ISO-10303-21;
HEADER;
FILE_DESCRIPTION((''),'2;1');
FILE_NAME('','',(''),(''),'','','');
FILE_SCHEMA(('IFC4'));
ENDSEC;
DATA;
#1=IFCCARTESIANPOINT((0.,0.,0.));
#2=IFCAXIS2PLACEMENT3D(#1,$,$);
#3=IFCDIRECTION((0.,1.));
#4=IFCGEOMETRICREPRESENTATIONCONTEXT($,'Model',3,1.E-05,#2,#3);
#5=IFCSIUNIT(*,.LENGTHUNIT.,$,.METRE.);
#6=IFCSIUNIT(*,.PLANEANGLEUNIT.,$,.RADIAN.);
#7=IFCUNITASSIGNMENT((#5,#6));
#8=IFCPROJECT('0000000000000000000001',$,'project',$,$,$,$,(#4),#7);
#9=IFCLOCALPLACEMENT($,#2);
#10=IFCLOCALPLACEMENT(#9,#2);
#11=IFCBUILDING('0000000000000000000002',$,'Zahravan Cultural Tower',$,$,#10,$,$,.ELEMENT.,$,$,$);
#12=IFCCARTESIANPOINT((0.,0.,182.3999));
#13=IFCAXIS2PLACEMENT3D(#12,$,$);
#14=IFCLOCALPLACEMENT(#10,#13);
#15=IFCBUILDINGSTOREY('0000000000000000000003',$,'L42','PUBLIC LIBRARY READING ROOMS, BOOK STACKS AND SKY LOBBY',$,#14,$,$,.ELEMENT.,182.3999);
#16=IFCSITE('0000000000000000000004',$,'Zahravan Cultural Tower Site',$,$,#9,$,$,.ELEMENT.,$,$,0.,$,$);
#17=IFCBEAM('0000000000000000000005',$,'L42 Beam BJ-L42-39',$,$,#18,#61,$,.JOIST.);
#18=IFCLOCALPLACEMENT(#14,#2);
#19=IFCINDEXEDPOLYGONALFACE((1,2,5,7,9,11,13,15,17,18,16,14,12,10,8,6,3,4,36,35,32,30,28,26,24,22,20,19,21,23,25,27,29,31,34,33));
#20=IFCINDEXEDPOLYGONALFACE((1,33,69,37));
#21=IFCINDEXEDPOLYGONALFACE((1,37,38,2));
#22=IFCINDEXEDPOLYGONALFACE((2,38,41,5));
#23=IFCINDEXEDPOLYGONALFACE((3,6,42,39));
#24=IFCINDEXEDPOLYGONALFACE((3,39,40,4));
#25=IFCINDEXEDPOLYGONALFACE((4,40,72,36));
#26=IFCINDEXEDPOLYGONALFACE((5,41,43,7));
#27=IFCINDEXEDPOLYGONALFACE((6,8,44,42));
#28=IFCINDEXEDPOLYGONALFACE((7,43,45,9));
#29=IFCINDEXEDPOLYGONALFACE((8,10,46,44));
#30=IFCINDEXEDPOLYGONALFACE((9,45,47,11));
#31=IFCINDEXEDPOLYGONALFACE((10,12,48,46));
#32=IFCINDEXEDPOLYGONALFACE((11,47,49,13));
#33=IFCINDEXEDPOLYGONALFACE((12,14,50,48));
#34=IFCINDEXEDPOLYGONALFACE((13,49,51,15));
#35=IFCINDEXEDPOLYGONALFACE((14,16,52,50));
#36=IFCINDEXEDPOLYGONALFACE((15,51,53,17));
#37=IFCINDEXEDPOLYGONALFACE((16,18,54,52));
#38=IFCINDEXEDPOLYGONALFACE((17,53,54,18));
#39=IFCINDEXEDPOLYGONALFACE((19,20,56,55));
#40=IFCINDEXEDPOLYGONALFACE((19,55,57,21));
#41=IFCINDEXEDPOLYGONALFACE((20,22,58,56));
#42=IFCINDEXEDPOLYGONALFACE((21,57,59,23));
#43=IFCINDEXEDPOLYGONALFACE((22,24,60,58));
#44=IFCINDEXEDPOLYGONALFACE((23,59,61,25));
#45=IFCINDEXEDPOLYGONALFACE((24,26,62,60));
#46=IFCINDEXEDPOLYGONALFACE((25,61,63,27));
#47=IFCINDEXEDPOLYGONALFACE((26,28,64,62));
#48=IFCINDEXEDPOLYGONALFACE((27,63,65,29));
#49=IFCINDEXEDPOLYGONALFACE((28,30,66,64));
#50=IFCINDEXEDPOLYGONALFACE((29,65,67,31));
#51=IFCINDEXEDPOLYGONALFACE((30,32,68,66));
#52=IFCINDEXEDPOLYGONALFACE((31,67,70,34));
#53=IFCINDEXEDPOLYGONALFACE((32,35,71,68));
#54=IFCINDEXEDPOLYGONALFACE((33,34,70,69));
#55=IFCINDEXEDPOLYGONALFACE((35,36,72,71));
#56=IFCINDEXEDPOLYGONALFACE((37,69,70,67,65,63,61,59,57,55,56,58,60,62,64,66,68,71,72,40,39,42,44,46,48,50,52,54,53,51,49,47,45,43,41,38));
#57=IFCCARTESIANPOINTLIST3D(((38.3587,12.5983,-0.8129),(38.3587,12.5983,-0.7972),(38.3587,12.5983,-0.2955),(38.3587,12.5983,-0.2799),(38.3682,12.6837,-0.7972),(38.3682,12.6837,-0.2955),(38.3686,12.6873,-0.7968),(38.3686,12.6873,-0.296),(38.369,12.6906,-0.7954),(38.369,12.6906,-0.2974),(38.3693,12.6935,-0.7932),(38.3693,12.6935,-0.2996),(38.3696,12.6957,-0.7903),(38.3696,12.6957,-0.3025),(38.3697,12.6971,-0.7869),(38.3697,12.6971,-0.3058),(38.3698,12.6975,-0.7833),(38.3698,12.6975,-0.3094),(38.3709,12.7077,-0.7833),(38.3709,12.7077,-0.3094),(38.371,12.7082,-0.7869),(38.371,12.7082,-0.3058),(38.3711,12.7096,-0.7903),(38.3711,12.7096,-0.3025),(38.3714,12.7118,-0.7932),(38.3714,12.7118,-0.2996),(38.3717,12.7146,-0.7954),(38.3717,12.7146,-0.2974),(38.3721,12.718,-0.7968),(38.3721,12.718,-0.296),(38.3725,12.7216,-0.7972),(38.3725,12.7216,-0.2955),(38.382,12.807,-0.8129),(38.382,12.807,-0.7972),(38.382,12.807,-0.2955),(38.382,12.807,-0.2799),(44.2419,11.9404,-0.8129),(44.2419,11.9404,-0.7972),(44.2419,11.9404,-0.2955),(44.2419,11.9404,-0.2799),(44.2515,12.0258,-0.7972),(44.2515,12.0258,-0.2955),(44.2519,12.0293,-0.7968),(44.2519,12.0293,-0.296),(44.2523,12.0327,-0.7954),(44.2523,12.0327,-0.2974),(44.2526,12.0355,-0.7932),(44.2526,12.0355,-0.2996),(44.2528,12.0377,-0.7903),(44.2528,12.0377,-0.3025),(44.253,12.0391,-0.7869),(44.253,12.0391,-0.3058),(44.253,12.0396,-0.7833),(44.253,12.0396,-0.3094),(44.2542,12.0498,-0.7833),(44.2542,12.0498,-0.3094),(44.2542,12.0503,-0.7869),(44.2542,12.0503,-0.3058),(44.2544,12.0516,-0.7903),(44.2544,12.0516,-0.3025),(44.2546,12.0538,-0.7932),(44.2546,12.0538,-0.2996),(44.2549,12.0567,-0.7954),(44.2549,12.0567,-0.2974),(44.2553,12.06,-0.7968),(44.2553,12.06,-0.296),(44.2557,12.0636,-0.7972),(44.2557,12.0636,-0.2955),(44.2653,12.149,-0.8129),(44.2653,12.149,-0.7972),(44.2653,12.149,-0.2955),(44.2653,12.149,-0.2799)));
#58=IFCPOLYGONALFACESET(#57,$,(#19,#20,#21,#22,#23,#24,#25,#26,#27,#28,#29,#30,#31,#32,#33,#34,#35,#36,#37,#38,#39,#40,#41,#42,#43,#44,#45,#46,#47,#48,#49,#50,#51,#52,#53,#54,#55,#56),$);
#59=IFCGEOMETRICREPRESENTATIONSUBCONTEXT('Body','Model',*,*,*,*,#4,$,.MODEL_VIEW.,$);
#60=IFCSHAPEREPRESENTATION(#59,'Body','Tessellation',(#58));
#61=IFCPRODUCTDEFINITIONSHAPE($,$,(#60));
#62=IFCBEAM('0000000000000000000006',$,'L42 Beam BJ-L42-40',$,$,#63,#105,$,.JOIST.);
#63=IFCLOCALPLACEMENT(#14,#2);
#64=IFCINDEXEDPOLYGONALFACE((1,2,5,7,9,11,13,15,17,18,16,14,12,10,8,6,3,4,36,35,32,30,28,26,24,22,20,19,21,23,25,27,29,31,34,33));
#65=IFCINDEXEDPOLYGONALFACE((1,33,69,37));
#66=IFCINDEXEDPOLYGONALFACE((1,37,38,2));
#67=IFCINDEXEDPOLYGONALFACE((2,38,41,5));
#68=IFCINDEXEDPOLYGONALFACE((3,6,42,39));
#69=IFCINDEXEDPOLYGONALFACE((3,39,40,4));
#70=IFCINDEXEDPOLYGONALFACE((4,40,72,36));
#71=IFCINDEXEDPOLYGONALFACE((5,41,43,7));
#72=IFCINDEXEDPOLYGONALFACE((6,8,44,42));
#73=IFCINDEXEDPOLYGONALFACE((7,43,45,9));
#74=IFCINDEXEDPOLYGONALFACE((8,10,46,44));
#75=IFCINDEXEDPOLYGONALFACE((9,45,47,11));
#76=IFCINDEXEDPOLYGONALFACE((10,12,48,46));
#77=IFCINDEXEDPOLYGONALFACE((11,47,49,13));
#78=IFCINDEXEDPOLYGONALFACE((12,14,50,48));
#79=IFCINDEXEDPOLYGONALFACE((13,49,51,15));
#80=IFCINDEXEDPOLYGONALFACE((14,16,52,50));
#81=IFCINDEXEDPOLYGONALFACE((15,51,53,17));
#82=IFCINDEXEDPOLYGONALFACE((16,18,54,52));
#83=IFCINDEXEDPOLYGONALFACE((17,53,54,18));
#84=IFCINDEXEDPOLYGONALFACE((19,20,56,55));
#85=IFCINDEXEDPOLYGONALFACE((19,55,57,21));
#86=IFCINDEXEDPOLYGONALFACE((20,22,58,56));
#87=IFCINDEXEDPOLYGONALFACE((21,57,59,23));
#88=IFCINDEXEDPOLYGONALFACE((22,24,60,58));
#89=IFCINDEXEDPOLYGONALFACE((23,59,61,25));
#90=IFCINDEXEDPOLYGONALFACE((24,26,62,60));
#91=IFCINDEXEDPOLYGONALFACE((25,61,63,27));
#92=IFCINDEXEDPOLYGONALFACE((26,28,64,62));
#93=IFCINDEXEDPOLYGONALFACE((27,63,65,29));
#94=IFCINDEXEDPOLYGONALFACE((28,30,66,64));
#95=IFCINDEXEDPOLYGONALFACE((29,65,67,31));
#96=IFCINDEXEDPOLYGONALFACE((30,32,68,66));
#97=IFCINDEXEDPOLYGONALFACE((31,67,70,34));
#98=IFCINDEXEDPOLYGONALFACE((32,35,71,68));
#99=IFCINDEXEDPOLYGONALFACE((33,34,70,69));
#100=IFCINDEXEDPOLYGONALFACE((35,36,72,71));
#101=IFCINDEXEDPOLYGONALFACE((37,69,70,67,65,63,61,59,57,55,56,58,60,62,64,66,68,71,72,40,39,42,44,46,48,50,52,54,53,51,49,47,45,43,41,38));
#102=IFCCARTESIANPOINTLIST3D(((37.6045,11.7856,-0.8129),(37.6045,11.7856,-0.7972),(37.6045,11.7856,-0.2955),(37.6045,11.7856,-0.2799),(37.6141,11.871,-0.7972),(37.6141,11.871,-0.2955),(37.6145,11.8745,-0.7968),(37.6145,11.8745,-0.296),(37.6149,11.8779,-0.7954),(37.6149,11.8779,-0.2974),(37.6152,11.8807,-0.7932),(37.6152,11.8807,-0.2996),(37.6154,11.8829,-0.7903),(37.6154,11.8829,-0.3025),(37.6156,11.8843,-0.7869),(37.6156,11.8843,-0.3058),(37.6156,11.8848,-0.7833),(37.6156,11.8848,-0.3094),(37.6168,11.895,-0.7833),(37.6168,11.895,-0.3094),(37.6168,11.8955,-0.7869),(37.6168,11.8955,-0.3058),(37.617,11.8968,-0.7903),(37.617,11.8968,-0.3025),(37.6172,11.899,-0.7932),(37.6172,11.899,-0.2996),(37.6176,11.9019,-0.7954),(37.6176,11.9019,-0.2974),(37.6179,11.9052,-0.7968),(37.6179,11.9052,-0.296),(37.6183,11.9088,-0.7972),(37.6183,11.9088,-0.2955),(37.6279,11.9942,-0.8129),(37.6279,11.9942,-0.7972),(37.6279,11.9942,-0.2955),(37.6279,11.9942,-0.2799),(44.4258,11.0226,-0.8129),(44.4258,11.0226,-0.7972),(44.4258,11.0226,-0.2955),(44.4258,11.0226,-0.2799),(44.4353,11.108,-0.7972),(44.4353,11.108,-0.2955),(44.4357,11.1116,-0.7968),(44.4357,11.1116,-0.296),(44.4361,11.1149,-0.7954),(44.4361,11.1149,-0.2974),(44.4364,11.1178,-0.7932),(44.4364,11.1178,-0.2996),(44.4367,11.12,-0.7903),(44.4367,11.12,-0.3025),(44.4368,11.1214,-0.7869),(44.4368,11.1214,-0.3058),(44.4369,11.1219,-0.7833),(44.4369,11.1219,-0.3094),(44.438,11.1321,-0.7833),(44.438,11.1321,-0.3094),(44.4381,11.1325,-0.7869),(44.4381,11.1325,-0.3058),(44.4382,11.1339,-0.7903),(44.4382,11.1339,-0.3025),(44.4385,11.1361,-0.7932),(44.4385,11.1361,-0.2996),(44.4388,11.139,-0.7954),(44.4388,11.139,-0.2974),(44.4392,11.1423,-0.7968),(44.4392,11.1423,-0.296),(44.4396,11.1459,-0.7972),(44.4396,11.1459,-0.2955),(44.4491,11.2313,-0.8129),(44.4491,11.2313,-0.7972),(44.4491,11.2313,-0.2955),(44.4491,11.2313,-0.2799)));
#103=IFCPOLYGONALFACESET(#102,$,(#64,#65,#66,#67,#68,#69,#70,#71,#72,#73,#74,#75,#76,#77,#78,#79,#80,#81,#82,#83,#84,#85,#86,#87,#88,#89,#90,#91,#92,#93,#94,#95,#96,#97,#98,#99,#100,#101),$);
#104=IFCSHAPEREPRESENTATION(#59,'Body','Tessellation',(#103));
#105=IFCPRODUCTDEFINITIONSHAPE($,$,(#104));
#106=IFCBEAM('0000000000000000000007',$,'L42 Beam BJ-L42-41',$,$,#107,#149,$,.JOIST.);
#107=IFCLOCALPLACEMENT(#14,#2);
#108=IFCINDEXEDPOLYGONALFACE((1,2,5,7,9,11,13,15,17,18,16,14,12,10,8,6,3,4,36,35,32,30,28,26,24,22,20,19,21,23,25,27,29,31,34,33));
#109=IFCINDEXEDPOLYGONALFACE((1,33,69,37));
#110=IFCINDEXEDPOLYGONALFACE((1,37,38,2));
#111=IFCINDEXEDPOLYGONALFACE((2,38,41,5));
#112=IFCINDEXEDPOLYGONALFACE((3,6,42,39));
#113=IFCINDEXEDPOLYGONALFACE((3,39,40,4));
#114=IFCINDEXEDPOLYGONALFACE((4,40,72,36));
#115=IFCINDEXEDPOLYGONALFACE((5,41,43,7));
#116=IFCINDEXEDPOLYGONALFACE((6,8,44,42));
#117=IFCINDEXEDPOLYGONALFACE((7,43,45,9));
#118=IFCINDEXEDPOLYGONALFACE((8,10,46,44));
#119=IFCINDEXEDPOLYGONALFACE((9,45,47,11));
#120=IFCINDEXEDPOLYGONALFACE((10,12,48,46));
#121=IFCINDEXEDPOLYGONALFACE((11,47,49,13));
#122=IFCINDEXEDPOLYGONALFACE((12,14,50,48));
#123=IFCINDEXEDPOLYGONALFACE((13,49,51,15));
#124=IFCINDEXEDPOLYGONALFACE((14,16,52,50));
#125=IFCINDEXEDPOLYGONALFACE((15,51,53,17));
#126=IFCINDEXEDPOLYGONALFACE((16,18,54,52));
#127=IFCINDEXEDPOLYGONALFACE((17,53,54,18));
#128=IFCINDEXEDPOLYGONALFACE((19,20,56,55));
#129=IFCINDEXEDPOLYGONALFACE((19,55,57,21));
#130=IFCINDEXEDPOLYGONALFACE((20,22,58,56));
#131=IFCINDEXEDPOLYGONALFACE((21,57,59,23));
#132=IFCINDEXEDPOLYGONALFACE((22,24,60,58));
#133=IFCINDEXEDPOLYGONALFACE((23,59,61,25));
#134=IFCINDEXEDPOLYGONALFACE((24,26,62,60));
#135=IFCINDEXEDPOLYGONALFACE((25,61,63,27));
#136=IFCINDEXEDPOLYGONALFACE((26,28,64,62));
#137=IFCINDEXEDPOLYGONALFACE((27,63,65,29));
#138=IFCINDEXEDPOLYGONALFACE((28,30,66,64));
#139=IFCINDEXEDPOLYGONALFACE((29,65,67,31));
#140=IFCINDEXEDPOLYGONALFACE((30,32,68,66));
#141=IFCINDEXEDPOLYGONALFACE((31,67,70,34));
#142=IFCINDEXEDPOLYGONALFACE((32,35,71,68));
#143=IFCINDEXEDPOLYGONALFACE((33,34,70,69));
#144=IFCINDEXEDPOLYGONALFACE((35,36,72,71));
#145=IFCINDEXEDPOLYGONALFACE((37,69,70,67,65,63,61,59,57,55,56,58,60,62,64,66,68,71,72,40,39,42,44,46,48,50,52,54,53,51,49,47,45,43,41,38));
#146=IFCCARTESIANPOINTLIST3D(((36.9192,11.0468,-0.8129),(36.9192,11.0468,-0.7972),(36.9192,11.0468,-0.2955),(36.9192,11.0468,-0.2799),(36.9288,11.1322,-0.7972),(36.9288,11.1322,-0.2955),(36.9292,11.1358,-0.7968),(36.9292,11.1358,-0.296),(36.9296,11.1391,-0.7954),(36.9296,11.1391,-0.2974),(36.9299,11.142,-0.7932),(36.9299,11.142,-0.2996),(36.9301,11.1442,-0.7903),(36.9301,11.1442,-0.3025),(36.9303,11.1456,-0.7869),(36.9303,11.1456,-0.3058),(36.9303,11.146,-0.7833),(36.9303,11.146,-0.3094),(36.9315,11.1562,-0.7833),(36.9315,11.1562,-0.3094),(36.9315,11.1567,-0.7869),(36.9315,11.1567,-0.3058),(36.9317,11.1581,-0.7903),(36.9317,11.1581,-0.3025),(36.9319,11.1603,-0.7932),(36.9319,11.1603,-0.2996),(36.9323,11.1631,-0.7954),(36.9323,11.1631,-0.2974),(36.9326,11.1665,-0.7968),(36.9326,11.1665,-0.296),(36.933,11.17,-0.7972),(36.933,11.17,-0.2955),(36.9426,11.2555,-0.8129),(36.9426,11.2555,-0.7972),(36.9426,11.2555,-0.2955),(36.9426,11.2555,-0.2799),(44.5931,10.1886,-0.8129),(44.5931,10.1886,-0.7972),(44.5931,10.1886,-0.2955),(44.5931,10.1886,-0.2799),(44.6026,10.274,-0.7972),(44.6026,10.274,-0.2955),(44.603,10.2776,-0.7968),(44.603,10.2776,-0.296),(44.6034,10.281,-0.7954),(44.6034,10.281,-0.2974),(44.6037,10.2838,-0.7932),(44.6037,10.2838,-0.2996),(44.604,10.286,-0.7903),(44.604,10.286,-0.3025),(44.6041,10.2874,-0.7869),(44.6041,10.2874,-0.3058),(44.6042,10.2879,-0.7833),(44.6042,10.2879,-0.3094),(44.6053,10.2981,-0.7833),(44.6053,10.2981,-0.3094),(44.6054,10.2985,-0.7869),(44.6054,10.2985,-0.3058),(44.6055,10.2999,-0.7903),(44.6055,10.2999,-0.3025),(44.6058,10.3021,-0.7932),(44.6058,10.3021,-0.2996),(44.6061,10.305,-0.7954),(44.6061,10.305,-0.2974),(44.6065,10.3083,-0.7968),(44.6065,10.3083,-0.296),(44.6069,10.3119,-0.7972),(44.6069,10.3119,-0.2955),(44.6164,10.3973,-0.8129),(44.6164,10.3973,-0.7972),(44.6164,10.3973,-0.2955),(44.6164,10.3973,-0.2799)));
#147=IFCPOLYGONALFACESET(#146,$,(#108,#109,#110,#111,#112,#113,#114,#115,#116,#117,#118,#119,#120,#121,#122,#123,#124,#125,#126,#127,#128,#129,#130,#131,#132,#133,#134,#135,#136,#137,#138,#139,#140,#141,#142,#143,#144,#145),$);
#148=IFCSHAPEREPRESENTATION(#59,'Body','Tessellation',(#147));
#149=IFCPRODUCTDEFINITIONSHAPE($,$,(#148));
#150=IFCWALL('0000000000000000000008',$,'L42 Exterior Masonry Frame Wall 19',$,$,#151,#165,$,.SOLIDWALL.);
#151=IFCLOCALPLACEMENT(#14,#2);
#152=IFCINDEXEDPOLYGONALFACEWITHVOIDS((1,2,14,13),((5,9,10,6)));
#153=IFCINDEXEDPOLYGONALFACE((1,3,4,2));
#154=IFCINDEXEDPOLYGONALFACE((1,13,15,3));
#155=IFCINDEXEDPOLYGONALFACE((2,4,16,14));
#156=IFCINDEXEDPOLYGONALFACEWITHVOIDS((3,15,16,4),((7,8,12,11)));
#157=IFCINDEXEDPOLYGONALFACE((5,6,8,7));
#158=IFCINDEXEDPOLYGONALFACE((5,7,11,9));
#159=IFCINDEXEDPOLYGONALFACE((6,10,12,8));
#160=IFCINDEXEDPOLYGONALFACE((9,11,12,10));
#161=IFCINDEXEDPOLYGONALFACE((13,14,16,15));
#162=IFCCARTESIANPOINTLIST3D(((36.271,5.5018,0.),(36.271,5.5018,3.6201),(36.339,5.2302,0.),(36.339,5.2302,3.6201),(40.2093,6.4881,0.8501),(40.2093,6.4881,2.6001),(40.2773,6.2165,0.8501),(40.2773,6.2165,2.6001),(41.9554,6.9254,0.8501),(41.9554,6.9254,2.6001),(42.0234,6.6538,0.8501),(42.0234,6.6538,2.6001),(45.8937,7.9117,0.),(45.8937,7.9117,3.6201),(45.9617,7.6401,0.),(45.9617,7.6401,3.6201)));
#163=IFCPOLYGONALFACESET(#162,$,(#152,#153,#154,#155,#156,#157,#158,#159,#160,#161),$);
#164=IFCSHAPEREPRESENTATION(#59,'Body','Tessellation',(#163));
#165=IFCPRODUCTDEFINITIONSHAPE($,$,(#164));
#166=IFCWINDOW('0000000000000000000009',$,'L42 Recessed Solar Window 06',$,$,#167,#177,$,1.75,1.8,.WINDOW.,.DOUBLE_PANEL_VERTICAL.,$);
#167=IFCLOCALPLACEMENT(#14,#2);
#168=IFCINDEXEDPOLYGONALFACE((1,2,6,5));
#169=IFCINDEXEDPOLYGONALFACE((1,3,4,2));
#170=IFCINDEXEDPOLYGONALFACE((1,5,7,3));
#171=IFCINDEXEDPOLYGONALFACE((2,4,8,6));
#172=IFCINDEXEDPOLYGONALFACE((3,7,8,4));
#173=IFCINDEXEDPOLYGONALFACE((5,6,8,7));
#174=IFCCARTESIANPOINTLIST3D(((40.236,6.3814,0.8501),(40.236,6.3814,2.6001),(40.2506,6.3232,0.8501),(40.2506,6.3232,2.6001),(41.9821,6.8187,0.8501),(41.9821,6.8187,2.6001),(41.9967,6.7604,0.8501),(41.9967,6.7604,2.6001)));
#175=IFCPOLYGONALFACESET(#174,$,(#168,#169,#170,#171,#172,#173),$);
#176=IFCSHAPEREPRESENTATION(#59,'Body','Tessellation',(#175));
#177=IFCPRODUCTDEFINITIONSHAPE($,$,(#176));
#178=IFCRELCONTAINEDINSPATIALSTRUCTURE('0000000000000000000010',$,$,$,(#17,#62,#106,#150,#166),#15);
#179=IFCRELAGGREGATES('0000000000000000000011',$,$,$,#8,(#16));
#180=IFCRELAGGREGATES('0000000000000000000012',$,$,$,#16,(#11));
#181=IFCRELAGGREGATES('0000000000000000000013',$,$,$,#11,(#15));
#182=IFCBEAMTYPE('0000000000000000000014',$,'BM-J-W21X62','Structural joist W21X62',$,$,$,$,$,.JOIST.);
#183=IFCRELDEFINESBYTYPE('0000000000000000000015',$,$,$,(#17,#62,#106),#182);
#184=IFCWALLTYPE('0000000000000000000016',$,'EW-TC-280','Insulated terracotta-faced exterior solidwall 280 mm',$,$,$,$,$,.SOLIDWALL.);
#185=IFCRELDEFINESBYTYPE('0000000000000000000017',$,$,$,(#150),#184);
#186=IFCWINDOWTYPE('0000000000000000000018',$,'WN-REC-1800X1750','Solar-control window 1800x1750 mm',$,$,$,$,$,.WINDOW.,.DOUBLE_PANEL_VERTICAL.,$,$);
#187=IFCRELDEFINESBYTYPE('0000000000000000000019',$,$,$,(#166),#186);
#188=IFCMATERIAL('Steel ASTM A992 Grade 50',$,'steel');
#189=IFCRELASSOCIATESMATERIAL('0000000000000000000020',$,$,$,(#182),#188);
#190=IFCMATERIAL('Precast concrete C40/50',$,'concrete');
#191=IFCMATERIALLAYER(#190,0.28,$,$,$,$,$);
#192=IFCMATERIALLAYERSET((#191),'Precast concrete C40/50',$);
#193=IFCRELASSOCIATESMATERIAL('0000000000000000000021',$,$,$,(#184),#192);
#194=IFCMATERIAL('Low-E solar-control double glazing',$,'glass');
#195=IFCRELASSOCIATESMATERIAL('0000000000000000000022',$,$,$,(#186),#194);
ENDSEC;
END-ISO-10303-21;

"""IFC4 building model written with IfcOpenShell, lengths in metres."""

from ifc_helpers import new_model, si_unit, direction, frame, frame_2d, origin, origin_2d, place, context, subcontext, project, spatial, rectangle, i_section, extrude, source, transform, mapped, material, layer, layer_set, material_profile, profile_set, type_object, element, fill, save


model = new_model("IFC4")

# Units and contexts
model_context = context("Model", 3, precision=1e-05, world=origin(), true_north=direction((0.0, 1.0)))
body_context = subcontext(model_context, "Body", "Model", "MODEL_VIEW")
ifc_project = project(units=[si_unit("LENGTHUNIT", "METRE"), si_unit("PLANEANGLEUNIT", "RADIAN")], contexts=[model_context])

# Site, building, storey
site_placement = place(None, origin())
site = spatial("IfcSite", under=ifc_project, at=site_placement, Name="Zahravan Cultural Tower Site", CompositionType="ELEMENT", RefElevation=0.0)
building_placement = place(site_placement, origin())
building = spatial("IfcBuilding", under=site, at=building_placement, Name="Zahravan Cultural Tower", CompositionType="ELEMENT")
storey_placement = place(building_placement, frame((0.0, 0.0, 182.3999)))
storey = spatial("IfcBuildingStorey", under=building, at=storey_placement, Name="L42", Description="PUBLIC LIBRARY READING ROOMS, BOOK STACKS AND SKY LOBBY", CompositionType="ELEMENT", Elevation=182.3999)

# Shared definitions
ifc_material_1 = material(Name="Steel ASTM A992 Grade 50", Category="steel")

# Beams
ifc_material_profile_1 = material_profile(ifc_material_1, i_section(OverallWidth=0.21, OverallDepth=0.533, WebThickness=0.0103, FlangeThickness=0.0156, FilletRadius=0.0139, at=origin_2d()), Name="W21X62")
ifc_profile_set_1 = profile_set([ifc_material_profile_1], Name="Steel ASTM A992 Grade 50")
beam_type_1 = type_object("IfcBeamType", Name="BM-J-W21X62", Description="Structural joist W21X62", PredefinedType="JOIST", material=ifc_profile_set_1)
shared_shape_1 = source(origin(), body_context, "Body", "SweptSolid", [
    extrude(i_section(OverallWidth=0.21, OverallDepth=0.533, WebThickness=0.0103, FlangeThickness=0.0156, FilletRadius=0.0139, at=origin_2d()), origin(), (0.0, 0.0, 1.0), 5.9199),
])
beam_1_placement = place(storey_placement, frame((38.3704, 12.7026, -0.5464), z_axis=(0.993805, -0.111142, 0.0), x_axis=(0.111142, 0.993805, 0.0)))
element("IfcBeam", 1, at=beam_1_placement, inside=storey, type_object=beam_type_1, Name="L42 Beam BJ-L42-39", PredefinedType="JOIST", context=body_context, shape_type="MappedRepresentation", body=[
    mapped(shared_shape_1, transform((0.0, 0.0, 0.0), x_axis=(1.0, 0.0, 0.0), y_axis=(0.0, 1.0, 0.0), z_axis=(0.0, 0.0, 1.0), scale=1.0)),
])
shared_shape_2 = source(origin(), body_context, "Body", "SweptSolid", [
    extrude(i_section(OverallWidth=0.21, OverallDepth=0.533, WebThickness=0.0103, FlangeThickness=0.0156, FilletRadius=0.0139, at=origin_2d()), origin(), (0.0, 0.0, 1.0), 6.8638),
])
beam_2_placement = place(storey_placement, frame((37.6162, 11.8899, -0.5464), z_axis=(0.993803, -0.111154, 0.0), x_axis=(0.111154, 0.993803, 0.0)))
element("IfcBeam", 2, at=beam_2_placement, inside=storey, type_object=beam_type_1, Name="L42 Beam BJ-L42-40", PredefinedType="JOIST", context=body_context, shape_type="MappedRepresentation", body=[
    mapped(shared_shape_2, transform((0.0, 0.0, 0.0), x_axis=(1.0, 0.0, 0.0), y_axis=(0.0, 1.0, 0.0), z_axis=(0.0, 0.0, 1.0), scale=1.0)),
])
shared_shape_3 = source(origin(), body_context, "Body", "SweptSolid", [
    extrude(i_section(OverallWidth=0.21, OverallDepth=0.533, WebThickness=0.0103, FlangeThickness=0.0156, FilletRadius=0.0139, at=origin_2d()), origin(), (0.0, 0.0, 1.0), 7.7217),
])
beam_3_placement = place(storey_placement, frame((36.9309, 11.1511, -0.5464), z_axis=(0.993805, -0.111136, 0.0), x_axis=(0.111136, 0.993805, 0.0)))
element("IfcBeam", 3, at=beam_3_placement, inside=storey, type_object=beam_type_1, Name="L42 Beam BJ-L42-41", PredefinedType="JOIST", context=body_context, shape_type="MappedRepresentation", body=[
    mapped(shared_shape_3, transform((0.0, 0.0, 0.0), x_axis=(1.0, 0.0, 0.0), y_axis=(0.0, 1.0, 0.0), z_axis=(0.0, 0.0, 1.0), scale=1.0)),
])

# Wall, opening, window
ifc_material_2 = material(Name="Precast concrete C40/50", Category="concrete")
ifc_layer_1 = layer(ifc_material_2, 0.28)
ifc_layer_set_1 = layer_set([ifc_layer_1], Name="Precast concrete C40/50")
wall_type_1 = type_object("IfcWallType", Name="EW-TC-280", Description="Insulated terracotta-faced exterior solidwall 280 mm", PredefinedType="SOLIDWALL", material=ifc_layer_set_1)
wall_1_placement = place(storey_placement, frame((45.9277, 7.7759, 0.0), z_axis=(0.0, 0.0, 1.0), x_axis=(-0.970043, -0.242935, 0.0)))
wall_1 = element("IfcWall", 4, at=wall_1_placement, inside=storey, type_object=wall_type_1, Name="L42 Exterior Masonry Frame Wall 19", PredefinedType="SOLIDWALL", context=body_context, shape_type="SweptSolid", body=[
    extrude(rectangle(XDim=9.9199, YDim=0.28, at=frame_2d((4.96, 0.0))), origin(), (0.0, 0.0, 1.0), 3.6201),
])
opening_placement = place(wall_1_placement, frame((4.0601, 0.0, 0.8501)))
opening = element("IfcOpeningElement", 5, at=opening_placement, cuts=wall_1, PredefinedType="OPENING", context=body_context, shape_type="SweptSolid", body=[
    extrude(rectangle(XDim=1.8, YDim=1.75, at=frame_2d((0.8999, 0.875))), frame((0.0, 0.1499, 0.0), z_axis=(0.0, -1.0, 0.0), x_axis=(1.0, 0.0, 0.0)), (0.0, 0.0, 1.0), 0.3),
])
ifc_material_3 = material(Name="Low-E solar-control double glazing", Category="glass")
window_type = type_object("IfcWindowType", Name="WN-REC-1800X1750", Description="Solar-control window 1800x1750 mm", PartitioningType="DOUBLE_PANEL_VERTICAL", PredefinedType="WINDOW", material=ifc_material_3)
shared_shape_4 = source(origin(), body_context, "Body", "SweptSolid", [
    extrude(rectangle(XDim=1.8, YDim=1.75, at=frame_2d((0.8999, 0.875))), frame((0.0, 0.03, 0.0), z_axis=(0.0, -1.0, 0.0), x_axis=(1.0, 0.0, 0.0)), (0.0, 0.0, 1.0), 0.0601),
])
window_placement = place(opening_placement, origin())
window = element("IfcWindow", 6, at=window_placement, inside=storey, type_object=window_type, Name="L42 Recessed Solar Window 06", OverallHeight=1.75, OverallWidth=1.8, PartitioningType="DOUBLE_PANEL_VERTICAL", PredefinedType="WINDOW", context=body_context, shape_type="MappedRepresentation", body=[
    mapped(shared_shape_4, transform((0.0, 0.0, 0.0), x_axis=(1.0, 0.0, 0.0), y_axis=(0.0, 1.0, 0.0), z_axis=(0.0, 0.0, 1.0), scale=1.0)),
])
fill(opening, window)

save(model, "model.ifc")
